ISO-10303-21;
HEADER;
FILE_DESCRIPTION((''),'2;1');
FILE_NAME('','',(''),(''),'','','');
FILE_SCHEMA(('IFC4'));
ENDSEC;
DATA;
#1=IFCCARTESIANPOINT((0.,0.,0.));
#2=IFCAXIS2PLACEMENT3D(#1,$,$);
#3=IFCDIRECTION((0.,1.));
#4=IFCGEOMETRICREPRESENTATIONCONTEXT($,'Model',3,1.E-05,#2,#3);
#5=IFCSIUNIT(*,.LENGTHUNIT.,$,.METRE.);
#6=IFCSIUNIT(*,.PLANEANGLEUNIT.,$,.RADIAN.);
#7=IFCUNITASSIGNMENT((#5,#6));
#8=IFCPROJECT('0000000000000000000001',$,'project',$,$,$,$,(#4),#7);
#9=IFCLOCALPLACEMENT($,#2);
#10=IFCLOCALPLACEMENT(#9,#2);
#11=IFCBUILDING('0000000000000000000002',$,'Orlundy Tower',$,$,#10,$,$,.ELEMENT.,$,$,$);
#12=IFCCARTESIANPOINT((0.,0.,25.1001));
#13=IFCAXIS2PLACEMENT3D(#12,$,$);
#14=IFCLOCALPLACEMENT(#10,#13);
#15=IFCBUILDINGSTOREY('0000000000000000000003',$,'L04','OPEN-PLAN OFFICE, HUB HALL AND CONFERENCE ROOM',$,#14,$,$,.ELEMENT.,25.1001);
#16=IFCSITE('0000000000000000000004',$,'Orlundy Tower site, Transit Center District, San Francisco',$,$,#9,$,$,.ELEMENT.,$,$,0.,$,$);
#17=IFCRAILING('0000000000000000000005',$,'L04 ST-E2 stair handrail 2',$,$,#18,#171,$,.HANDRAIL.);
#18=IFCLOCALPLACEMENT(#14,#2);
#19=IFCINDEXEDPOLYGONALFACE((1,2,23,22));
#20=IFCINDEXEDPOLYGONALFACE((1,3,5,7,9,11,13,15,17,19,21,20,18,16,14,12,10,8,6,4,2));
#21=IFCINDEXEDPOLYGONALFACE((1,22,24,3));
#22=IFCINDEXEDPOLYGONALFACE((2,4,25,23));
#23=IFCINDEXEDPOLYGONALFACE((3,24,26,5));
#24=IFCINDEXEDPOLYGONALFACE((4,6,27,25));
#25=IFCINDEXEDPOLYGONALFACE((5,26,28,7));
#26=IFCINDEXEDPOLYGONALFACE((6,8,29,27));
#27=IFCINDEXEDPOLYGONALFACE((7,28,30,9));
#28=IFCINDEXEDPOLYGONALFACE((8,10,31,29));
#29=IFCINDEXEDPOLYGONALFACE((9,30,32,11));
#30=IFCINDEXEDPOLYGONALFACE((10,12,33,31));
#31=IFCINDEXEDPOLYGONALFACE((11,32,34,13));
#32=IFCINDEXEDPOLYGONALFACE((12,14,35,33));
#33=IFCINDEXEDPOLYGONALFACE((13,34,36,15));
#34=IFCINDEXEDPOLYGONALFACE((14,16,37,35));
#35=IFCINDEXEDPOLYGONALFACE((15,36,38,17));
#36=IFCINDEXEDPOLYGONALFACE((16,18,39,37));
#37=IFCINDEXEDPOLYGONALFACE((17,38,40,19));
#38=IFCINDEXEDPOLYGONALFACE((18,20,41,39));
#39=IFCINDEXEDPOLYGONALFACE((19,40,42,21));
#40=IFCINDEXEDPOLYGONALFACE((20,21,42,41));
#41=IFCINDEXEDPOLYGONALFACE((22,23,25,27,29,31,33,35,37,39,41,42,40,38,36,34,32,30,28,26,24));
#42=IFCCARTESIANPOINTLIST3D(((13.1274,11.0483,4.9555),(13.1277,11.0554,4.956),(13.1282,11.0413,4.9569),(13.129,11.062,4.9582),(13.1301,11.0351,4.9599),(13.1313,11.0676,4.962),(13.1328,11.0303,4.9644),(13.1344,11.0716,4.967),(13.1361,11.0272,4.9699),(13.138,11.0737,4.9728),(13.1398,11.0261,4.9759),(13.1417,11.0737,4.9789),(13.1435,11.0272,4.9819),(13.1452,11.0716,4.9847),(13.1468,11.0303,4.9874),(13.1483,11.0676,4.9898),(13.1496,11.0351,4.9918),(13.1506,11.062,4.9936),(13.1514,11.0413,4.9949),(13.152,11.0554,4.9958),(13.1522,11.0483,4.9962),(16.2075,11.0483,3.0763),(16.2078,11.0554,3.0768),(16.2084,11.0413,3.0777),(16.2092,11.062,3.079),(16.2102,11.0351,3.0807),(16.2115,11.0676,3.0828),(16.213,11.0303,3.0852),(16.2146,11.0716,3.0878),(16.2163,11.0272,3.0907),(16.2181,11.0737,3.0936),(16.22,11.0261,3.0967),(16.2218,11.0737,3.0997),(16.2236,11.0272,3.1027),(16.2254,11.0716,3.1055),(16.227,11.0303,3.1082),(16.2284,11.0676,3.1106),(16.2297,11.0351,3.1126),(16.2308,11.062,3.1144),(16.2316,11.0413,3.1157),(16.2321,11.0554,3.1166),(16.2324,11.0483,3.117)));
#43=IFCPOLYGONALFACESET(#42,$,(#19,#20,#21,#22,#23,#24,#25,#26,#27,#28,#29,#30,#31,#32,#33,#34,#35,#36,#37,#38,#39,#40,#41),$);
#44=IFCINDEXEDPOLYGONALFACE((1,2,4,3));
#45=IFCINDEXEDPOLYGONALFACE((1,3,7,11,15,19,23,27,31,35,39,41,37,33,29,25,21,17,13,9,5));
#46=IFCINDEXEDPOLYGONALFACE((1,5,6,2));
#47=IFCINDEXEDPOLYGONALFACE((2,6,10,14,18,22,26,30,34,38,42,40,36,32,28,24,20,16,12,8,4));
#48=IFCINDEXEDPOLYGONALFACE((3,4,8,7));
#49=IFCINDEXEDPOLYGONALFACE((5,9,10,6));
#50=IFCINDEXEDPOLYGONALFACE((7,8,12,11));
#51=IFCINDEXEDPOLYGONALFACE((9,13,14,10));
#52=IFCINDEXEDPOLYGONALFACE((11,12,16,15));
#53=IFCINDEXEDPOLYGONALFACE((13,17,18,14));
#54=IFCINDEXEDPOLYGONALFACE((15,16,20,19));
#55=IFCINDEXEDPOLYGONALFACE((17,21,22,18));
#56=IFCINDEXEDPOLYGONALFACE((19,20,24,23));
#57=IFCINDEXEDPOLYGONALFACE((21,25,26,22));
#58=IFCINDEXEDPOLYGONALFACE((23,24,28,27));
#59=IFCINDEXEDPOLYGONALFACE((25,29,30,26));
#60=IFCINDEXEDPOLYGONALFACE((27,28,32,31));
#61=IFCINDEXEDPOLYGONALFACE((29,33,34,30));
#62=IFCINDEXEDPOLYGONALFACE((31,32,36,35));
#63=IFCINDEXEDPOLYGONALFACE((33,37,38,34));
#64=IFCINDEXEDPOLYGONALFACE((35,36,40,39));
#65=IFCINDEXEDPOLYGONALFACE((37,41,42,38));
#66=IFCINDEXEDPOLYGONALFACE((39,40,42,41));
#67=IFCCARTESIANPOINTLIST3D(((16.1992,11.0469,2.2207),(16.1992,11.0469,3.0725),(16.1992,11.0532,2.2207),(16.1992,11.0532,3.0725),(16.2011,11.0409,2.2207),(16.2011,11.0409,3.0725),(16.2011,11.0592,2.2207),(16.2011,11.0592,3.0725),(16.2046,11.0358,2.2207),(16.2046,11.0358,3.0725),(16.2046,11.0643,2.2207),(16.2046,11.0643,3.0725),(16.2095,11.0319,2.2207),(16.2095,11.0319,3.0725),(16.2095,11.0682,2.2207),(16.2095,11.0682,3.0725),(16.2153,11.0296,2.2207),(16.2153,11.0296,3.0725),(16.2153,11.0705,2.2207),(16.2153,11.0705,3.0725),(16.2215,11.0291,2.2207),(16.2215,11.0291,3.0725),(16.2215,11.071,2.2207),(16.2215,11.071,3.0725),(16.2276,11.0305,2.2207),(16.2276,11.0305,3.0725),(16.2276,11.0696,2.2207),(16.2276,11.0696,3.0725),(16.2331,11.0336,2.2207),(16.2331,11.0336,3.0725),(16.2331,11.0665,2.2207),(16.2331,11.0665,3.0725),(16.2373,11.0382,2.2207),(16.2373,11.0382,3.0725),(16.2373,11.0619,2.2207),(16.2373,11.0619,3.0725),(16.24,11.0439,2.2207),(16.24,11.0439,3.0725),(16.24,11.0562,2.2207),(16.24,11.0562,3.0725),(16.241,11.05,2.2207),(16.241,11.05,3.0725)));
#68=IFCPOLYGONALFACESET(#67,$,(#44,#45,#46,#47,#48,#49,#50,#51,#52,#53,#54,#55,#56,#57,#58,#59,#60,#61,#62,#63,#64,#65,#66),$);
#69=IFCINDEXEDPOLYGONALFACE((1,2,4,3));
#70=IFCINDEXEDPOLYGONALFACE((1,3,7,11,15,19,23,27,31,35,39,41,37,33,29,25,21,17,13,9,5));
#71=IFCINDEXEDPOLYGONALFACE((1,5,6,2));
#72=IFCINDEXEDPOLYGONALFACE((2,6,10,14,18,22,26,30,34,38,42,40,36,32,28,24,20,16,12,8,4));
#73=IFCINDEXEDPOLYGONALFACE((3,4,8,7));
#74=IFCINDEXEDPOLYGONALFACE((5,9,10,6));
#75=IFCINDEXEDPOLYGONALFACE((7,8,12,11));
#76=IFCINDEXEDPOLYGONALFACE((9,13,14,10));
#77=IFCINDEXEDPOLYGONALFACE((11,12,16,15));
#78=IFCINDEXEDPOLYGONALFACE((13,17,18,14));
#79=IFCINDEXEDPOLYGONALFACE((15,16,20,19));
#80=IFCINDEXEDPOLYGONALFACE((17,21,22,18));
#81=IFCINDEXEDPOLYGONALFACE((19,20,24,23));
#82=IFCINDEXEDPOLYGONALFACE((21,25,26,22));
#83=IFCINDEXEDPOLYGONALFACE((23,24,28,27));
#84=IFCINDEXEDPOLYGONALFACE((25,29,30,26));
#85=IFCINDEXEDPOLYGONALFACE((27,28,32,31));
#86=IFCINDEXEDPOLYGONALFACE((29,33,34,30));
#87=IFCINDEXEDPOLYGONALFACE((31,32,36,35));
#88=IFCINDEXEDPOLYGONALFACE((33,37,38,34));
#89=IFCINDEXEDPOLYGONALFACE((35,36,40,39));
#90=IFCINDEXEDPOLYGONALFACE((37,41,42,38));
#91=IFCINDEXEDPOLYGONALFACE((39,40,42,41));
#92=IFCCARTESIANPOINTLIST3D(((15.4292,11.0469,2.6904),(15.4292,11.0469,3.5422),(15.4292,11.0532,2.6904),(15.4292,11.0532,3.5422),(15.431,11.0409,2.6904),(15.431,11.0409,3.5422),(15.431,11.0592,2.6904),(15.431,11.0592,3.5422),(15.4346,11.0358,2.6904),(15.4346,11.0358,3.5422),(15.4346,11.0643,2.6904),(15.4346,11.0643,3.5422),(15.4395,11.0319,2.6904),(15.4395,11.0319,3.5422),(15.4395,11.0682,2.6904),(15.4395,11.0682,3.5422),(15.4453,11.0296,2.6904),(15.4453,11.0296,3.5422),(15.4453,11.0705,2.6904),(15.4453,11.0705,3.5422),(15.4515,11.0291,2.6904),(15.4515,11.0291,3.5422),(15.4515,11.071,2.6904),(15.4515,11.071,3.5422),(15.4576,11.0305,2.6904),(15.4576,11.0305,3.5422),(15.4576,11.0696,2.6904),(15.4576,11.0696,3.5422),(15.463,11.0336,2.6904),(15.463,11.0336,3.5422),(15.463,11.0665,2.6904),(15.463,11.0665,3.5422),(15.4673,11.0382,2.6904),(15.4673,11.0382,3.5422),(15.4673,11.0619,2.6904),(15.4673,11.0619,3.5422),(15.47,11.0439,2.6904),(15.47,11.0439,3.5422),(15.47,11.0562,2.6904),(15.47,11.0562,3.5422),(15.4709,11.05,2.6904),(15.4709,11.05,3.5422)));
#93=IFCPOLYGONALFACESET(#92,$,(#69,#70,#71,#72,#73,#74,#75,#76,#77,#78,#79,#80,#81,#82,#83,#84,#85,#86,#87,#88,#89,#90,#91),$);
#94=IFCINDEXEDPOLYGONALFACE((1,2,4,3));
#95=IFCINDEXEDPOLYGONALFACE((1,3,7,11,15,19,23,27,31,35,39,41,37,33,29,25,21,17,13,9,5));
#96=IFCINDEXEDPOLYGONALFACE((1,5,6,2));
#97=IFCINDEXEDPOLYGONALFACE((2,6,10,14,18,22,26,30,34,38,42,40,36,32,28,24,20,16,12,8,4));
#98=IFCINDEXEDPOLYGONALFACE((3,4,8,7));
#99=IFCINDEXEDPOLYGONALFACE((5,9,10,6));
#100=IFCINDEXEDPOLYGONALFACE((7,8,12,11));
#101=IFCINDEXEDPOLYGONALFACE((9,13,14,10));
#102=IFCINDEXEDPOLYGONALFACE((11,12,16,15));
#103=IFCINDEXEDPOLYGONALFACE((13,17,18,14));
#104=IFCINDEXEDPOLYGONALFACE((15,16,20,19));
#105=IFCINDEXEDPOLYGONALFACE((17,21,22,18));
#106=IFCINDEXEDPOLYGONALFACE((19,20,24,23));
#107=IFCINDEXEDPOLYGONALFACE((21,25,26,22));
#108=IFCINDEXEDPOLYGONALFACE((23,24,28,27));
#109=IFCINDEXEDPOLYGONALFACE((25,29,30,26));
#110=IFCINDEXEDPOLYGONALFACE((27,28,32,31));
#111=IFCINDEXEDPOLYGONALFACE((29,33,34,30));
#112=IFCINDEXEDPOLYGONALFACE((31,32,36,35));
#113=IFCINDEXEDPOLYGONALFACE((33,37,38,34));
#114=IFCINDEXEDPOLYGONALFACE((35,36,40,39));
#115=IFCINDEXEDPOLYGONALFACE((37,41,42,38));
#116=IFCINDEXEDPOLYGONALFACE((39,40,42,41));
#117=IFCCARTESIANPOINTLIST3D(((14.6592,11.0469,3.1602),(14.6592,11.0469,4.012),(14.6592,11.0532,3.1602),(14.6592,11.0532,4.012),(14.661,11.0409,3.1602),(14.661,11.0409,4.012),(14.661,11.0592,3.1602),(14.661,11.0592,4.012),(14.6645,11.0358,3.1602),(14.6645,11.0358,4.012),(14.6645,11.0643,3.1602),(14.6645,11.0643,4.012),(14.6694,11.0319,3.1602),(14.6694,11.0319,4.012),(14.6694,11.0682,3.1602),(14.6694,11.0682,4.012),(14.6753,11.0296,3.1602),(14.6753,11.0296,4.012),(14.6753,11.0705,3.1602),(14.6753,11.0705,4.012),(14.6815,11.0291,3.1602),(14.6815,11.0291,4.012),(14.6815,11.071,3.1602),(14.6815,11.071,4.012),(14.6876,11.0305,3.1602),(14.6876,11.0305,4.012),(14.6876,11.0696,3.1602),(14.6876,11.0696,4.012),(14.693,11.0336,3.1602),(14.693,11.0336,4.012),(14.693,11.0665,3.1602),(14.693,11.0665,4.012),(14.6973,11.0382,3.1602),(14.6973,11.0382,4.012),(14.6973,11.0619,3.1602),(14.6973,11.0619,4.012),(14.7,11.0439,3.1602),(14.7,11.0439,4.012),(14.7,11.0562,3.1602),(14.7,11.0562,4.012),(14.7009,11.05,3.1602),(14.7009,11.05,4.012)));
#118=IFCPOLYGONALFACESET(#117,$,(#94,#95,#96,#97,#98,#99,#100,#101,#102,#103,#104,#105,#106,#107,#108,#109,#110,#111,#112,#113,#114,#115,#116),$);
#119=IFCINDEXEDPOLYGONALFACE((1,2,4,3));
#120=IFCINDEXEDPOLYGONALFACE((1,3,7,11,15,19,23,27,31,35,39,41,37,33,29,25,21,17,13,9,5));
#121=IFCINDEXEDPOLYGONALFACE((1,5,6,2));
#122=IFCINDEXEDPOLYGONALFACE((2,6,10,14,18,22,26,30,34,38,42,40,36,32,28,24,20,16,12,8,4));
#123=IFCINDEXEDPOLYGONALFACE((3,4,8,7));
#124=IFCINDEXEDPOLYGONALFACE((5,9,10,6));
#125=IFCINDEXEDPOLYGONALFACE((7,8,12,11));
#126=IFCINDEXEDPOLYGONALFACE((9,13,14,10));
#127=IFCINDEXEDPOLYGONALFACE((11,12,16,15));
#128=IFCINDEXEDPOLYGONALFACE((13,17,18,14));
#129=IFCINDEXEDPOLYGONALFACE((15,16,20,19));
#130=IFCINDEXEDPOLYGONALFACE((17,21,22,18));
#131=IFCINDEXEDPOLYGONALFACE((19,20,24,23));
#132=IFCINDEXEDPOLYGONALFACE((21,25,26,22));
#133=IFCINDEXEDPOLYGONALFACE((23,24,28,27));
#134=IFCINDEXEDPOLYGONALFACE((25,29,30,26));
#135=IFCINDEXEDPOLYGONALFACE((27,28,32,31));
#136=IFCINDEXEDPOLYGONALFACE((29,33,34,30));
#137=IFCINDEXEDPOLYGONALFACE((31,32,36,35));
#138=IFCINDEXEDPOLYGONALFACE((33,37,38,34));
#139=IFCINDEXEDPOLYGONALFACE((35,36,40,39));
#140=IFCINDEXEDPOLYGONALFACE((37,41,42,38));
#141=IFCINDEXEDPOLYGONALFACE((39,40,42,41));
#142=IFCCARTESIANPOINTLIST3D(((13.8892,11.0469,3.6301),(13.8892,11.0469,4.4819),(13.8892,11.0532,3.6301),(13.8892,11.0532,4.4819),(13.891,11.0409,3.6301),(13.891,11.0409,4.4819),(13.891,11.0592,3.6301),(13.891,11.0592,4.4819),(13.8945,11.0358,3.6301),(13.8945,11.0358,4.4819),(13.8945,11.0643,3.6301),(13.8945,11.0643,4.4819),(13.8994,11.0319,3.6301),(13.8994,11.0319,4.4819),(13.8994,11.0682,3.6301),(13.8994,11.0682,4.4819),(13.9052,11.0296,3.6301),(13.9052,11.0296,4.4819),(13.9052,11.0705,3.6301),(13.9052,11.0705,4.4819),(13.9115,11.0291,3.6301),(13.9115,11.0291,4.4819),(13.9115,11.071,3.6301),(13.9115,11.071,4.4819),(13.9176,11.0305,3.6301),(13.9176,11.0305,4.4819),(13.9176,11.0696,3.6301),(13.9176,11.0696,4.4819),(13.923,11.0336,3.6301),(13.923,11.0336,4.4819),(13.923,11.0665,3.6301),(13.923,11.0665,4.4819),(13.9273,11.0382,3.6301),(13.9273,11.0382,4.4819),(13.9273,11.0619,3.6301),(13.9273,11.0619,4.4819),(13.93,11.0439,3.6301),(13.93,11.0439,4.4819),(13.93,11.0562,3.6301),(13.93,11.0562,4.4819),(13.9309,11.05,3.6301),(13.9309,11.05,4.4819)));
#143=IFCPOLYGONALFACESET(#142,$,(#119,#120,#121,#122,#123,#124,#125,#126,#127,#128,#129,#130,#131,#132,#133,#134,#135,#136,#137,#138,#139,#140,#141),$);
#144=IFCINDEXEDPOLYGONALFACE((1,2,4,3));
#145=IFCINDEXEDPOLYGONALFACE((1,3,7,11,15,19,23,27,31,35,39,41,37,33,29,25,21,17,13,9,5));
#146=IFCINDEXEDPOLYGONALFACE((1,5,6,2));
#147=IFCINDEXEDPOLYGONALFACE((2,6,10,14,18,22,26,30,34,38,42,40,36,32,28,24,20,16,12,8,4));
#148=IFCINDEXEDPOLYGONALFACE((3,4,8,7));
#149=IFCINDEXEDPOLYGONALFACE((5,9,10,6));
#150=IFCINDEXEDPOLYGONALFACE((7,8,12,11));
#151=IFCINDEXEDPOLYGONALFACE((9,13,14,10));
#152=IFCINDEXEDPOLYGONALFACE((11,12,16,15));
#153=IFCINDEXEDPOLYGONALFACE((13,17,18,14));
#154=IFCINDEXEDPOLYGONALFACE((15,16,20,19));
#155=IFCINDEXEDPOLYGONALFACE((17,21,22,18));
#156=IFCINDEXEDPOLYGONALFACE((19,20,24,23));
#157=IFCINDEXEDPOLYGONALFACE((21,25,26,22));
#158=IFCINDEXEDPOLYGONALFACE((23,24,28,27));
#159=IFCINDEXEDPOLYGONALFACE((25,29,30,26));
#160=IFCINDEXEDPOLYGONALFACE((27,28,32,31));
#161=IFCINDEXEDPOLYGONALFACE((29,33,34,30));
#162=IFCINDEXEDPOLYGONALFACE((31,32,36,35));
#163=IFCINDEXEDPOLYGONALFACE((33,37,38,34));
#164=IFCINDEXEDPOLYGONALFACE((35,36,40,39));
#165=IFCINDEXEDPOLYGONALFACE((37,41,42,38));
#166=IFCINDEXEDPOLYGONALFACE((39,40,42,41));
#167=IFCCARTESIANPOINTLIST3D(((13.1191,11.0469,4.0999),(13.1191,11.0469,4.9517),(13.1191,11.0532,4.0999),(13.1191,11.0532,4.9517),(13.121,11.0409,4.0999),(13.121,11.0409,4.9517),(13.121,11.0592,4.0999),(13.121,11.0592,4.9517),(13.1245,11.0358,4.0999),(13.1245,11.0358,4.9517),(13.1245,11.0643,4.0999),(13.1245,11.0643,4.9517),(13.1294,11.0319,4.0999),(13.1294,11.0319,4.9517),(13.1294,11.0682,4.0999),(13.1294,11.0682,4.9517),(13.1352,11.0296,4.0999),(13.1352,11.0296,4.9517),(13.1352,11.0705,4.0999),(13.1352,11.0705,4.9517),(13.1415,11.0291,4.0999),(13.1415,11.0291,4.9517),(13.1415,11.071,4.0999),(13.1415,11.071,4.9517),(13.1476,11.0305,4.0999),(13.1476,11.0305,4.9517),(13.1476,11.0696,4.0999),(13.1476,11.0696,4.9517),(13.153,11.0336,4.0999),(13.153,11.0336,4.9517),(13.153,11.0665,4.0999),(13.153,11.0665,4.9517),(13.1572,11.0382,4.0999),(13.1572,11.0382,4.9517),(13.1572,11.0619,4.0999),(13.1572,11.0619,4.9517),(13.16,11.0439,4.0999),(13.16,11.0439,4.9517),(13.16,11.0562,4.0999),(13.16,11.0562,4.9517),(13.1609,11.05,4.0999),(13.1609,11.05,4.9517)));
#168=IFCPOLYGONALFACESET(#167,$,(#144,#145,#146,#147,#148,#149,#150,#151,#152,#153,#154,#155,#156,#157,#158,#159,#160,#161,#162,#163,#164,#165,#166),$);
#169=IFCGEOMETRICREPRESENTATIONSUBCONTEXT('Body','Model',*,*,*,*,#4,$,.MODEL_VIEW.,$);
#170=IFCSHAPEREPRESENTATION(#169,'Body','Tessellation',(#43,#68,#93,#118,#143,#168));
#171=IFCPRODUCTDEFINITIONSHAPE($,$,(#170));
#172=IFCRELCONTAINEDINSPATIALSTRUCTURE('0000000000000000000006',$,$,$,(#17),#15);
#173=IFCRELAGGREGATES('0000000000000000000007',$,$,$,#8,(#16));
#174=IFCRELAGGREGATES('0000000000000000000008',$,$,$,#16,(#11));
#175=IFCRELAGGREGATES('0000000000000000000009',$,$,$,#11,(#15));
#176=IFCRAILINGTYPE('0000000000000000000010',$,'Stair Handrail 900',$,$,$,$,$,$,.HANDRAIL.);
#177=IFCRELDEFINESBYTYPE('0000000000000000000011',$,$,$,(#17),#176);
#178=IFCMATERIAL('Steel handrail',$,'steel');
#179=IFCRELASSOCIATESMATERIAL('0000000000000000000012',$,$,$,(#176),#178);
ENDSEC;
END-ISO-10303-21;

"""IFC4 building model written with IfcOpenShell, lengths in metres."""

from ifc_helpers import new_model, si_unit, direction, frame, origin, origin_2d, place, context, subcontext, project, spatial, circle, extrude, material, type_object, element, save


model = new_model("IFC4")

# Units and contexts
model_context = context("Model", 3, precision=1e-05, world=origin(), true_north=direction((0.0, 1.0)))
body_context = subcontext(model_context, "Body", "Model", "MODEL_VIEW")
ifc_project = project(units=[si_unit("LENGTHUNIT", "METRE"), si_unit("PLANEANGLEUNIT", "RADIAN")], contexts=[model_context])

# Site, building, storey
site_placement = place(None, origin())
site = spatial("IfcSite", under=ifc_project, at=site_placement, Name="Orlundy Tower site, Transit Center District, San Francisco", CompositionType="ELEMENT", RefElevation=0.0)
building_placement = place(site_placement, origin())
building = spatial("IfcBuilding", under=site, at=building_placement, Name="Orlundy Tower", CompositionType="ELEMENT")
storey_placement = place(building_placement, frame((0.0, 0.0, 25.1001)))
storey = spatial("IfcBuildingStorey", under=building, at=storey_placement, Name="L04", Description="OPEN-PLAN OFFICE, HUB HALL AND CONFERENCE ROOM", CompositionType="ELEMENT", Elevation=25.1001)

# Railing
ifc_material_1 = material(Name="Steel handrail", Category="steel")
railing_type = type_object("IfcRailingType", Name="Stair Handrail 900", PredefinedType="HANDRAIL", material=ifc_material_1)
railing_placement = place(storey_placement, frame((16.22, 11.05, 2.2207)))
element("IfcRailing", 1, at=railing_placement, inside=storey, type_object=railing_type, Name="L04 ST-E2 stair handrail 2", PredefinedType="HANDRAIL", context=body_context, shape_type="SweptSolid", body=[
    extrude(circle(Radius=0.0239, at=origin_2d()), frame((0.0, 0.0, 0.876), z_axis=(-0.853666, 0.0, 0.52082), x_axis=(0.0, -1.0, 0.0)), (0.0, 0.0, 1.0), 3.6082),
    extrude(circle(Radius=0.021, at=origin_2d()), origin(), (0.0, 0.0, 1.0), 0.8518),
    extrude(circle(Radius=0.021, at=origin_2d()), frame((-0.77, 0.0, 0.4697)), (0.0, 0.0, 1.0), 0.8518),
    extrude(circle(Radius=0.021, at=origin_2d()), frame((-1.54, 0.0, 0.9395)), (0.0, 0.0, 1.0), 0.8518),
    extrude(circle(Radius=0.021, at=origin_2d()), frame((-2.3101, 0.0, 1.4094)), (0.0, 0.0, 1.0), 0.8518),
    extrude(circle(Radius=0.021, at=origin_2d()), frame((-3.0801, 0.0, 1.8792)), (0.0, 0.0, 1.0), 0.8518),
])

save(model, "model.ifc")
